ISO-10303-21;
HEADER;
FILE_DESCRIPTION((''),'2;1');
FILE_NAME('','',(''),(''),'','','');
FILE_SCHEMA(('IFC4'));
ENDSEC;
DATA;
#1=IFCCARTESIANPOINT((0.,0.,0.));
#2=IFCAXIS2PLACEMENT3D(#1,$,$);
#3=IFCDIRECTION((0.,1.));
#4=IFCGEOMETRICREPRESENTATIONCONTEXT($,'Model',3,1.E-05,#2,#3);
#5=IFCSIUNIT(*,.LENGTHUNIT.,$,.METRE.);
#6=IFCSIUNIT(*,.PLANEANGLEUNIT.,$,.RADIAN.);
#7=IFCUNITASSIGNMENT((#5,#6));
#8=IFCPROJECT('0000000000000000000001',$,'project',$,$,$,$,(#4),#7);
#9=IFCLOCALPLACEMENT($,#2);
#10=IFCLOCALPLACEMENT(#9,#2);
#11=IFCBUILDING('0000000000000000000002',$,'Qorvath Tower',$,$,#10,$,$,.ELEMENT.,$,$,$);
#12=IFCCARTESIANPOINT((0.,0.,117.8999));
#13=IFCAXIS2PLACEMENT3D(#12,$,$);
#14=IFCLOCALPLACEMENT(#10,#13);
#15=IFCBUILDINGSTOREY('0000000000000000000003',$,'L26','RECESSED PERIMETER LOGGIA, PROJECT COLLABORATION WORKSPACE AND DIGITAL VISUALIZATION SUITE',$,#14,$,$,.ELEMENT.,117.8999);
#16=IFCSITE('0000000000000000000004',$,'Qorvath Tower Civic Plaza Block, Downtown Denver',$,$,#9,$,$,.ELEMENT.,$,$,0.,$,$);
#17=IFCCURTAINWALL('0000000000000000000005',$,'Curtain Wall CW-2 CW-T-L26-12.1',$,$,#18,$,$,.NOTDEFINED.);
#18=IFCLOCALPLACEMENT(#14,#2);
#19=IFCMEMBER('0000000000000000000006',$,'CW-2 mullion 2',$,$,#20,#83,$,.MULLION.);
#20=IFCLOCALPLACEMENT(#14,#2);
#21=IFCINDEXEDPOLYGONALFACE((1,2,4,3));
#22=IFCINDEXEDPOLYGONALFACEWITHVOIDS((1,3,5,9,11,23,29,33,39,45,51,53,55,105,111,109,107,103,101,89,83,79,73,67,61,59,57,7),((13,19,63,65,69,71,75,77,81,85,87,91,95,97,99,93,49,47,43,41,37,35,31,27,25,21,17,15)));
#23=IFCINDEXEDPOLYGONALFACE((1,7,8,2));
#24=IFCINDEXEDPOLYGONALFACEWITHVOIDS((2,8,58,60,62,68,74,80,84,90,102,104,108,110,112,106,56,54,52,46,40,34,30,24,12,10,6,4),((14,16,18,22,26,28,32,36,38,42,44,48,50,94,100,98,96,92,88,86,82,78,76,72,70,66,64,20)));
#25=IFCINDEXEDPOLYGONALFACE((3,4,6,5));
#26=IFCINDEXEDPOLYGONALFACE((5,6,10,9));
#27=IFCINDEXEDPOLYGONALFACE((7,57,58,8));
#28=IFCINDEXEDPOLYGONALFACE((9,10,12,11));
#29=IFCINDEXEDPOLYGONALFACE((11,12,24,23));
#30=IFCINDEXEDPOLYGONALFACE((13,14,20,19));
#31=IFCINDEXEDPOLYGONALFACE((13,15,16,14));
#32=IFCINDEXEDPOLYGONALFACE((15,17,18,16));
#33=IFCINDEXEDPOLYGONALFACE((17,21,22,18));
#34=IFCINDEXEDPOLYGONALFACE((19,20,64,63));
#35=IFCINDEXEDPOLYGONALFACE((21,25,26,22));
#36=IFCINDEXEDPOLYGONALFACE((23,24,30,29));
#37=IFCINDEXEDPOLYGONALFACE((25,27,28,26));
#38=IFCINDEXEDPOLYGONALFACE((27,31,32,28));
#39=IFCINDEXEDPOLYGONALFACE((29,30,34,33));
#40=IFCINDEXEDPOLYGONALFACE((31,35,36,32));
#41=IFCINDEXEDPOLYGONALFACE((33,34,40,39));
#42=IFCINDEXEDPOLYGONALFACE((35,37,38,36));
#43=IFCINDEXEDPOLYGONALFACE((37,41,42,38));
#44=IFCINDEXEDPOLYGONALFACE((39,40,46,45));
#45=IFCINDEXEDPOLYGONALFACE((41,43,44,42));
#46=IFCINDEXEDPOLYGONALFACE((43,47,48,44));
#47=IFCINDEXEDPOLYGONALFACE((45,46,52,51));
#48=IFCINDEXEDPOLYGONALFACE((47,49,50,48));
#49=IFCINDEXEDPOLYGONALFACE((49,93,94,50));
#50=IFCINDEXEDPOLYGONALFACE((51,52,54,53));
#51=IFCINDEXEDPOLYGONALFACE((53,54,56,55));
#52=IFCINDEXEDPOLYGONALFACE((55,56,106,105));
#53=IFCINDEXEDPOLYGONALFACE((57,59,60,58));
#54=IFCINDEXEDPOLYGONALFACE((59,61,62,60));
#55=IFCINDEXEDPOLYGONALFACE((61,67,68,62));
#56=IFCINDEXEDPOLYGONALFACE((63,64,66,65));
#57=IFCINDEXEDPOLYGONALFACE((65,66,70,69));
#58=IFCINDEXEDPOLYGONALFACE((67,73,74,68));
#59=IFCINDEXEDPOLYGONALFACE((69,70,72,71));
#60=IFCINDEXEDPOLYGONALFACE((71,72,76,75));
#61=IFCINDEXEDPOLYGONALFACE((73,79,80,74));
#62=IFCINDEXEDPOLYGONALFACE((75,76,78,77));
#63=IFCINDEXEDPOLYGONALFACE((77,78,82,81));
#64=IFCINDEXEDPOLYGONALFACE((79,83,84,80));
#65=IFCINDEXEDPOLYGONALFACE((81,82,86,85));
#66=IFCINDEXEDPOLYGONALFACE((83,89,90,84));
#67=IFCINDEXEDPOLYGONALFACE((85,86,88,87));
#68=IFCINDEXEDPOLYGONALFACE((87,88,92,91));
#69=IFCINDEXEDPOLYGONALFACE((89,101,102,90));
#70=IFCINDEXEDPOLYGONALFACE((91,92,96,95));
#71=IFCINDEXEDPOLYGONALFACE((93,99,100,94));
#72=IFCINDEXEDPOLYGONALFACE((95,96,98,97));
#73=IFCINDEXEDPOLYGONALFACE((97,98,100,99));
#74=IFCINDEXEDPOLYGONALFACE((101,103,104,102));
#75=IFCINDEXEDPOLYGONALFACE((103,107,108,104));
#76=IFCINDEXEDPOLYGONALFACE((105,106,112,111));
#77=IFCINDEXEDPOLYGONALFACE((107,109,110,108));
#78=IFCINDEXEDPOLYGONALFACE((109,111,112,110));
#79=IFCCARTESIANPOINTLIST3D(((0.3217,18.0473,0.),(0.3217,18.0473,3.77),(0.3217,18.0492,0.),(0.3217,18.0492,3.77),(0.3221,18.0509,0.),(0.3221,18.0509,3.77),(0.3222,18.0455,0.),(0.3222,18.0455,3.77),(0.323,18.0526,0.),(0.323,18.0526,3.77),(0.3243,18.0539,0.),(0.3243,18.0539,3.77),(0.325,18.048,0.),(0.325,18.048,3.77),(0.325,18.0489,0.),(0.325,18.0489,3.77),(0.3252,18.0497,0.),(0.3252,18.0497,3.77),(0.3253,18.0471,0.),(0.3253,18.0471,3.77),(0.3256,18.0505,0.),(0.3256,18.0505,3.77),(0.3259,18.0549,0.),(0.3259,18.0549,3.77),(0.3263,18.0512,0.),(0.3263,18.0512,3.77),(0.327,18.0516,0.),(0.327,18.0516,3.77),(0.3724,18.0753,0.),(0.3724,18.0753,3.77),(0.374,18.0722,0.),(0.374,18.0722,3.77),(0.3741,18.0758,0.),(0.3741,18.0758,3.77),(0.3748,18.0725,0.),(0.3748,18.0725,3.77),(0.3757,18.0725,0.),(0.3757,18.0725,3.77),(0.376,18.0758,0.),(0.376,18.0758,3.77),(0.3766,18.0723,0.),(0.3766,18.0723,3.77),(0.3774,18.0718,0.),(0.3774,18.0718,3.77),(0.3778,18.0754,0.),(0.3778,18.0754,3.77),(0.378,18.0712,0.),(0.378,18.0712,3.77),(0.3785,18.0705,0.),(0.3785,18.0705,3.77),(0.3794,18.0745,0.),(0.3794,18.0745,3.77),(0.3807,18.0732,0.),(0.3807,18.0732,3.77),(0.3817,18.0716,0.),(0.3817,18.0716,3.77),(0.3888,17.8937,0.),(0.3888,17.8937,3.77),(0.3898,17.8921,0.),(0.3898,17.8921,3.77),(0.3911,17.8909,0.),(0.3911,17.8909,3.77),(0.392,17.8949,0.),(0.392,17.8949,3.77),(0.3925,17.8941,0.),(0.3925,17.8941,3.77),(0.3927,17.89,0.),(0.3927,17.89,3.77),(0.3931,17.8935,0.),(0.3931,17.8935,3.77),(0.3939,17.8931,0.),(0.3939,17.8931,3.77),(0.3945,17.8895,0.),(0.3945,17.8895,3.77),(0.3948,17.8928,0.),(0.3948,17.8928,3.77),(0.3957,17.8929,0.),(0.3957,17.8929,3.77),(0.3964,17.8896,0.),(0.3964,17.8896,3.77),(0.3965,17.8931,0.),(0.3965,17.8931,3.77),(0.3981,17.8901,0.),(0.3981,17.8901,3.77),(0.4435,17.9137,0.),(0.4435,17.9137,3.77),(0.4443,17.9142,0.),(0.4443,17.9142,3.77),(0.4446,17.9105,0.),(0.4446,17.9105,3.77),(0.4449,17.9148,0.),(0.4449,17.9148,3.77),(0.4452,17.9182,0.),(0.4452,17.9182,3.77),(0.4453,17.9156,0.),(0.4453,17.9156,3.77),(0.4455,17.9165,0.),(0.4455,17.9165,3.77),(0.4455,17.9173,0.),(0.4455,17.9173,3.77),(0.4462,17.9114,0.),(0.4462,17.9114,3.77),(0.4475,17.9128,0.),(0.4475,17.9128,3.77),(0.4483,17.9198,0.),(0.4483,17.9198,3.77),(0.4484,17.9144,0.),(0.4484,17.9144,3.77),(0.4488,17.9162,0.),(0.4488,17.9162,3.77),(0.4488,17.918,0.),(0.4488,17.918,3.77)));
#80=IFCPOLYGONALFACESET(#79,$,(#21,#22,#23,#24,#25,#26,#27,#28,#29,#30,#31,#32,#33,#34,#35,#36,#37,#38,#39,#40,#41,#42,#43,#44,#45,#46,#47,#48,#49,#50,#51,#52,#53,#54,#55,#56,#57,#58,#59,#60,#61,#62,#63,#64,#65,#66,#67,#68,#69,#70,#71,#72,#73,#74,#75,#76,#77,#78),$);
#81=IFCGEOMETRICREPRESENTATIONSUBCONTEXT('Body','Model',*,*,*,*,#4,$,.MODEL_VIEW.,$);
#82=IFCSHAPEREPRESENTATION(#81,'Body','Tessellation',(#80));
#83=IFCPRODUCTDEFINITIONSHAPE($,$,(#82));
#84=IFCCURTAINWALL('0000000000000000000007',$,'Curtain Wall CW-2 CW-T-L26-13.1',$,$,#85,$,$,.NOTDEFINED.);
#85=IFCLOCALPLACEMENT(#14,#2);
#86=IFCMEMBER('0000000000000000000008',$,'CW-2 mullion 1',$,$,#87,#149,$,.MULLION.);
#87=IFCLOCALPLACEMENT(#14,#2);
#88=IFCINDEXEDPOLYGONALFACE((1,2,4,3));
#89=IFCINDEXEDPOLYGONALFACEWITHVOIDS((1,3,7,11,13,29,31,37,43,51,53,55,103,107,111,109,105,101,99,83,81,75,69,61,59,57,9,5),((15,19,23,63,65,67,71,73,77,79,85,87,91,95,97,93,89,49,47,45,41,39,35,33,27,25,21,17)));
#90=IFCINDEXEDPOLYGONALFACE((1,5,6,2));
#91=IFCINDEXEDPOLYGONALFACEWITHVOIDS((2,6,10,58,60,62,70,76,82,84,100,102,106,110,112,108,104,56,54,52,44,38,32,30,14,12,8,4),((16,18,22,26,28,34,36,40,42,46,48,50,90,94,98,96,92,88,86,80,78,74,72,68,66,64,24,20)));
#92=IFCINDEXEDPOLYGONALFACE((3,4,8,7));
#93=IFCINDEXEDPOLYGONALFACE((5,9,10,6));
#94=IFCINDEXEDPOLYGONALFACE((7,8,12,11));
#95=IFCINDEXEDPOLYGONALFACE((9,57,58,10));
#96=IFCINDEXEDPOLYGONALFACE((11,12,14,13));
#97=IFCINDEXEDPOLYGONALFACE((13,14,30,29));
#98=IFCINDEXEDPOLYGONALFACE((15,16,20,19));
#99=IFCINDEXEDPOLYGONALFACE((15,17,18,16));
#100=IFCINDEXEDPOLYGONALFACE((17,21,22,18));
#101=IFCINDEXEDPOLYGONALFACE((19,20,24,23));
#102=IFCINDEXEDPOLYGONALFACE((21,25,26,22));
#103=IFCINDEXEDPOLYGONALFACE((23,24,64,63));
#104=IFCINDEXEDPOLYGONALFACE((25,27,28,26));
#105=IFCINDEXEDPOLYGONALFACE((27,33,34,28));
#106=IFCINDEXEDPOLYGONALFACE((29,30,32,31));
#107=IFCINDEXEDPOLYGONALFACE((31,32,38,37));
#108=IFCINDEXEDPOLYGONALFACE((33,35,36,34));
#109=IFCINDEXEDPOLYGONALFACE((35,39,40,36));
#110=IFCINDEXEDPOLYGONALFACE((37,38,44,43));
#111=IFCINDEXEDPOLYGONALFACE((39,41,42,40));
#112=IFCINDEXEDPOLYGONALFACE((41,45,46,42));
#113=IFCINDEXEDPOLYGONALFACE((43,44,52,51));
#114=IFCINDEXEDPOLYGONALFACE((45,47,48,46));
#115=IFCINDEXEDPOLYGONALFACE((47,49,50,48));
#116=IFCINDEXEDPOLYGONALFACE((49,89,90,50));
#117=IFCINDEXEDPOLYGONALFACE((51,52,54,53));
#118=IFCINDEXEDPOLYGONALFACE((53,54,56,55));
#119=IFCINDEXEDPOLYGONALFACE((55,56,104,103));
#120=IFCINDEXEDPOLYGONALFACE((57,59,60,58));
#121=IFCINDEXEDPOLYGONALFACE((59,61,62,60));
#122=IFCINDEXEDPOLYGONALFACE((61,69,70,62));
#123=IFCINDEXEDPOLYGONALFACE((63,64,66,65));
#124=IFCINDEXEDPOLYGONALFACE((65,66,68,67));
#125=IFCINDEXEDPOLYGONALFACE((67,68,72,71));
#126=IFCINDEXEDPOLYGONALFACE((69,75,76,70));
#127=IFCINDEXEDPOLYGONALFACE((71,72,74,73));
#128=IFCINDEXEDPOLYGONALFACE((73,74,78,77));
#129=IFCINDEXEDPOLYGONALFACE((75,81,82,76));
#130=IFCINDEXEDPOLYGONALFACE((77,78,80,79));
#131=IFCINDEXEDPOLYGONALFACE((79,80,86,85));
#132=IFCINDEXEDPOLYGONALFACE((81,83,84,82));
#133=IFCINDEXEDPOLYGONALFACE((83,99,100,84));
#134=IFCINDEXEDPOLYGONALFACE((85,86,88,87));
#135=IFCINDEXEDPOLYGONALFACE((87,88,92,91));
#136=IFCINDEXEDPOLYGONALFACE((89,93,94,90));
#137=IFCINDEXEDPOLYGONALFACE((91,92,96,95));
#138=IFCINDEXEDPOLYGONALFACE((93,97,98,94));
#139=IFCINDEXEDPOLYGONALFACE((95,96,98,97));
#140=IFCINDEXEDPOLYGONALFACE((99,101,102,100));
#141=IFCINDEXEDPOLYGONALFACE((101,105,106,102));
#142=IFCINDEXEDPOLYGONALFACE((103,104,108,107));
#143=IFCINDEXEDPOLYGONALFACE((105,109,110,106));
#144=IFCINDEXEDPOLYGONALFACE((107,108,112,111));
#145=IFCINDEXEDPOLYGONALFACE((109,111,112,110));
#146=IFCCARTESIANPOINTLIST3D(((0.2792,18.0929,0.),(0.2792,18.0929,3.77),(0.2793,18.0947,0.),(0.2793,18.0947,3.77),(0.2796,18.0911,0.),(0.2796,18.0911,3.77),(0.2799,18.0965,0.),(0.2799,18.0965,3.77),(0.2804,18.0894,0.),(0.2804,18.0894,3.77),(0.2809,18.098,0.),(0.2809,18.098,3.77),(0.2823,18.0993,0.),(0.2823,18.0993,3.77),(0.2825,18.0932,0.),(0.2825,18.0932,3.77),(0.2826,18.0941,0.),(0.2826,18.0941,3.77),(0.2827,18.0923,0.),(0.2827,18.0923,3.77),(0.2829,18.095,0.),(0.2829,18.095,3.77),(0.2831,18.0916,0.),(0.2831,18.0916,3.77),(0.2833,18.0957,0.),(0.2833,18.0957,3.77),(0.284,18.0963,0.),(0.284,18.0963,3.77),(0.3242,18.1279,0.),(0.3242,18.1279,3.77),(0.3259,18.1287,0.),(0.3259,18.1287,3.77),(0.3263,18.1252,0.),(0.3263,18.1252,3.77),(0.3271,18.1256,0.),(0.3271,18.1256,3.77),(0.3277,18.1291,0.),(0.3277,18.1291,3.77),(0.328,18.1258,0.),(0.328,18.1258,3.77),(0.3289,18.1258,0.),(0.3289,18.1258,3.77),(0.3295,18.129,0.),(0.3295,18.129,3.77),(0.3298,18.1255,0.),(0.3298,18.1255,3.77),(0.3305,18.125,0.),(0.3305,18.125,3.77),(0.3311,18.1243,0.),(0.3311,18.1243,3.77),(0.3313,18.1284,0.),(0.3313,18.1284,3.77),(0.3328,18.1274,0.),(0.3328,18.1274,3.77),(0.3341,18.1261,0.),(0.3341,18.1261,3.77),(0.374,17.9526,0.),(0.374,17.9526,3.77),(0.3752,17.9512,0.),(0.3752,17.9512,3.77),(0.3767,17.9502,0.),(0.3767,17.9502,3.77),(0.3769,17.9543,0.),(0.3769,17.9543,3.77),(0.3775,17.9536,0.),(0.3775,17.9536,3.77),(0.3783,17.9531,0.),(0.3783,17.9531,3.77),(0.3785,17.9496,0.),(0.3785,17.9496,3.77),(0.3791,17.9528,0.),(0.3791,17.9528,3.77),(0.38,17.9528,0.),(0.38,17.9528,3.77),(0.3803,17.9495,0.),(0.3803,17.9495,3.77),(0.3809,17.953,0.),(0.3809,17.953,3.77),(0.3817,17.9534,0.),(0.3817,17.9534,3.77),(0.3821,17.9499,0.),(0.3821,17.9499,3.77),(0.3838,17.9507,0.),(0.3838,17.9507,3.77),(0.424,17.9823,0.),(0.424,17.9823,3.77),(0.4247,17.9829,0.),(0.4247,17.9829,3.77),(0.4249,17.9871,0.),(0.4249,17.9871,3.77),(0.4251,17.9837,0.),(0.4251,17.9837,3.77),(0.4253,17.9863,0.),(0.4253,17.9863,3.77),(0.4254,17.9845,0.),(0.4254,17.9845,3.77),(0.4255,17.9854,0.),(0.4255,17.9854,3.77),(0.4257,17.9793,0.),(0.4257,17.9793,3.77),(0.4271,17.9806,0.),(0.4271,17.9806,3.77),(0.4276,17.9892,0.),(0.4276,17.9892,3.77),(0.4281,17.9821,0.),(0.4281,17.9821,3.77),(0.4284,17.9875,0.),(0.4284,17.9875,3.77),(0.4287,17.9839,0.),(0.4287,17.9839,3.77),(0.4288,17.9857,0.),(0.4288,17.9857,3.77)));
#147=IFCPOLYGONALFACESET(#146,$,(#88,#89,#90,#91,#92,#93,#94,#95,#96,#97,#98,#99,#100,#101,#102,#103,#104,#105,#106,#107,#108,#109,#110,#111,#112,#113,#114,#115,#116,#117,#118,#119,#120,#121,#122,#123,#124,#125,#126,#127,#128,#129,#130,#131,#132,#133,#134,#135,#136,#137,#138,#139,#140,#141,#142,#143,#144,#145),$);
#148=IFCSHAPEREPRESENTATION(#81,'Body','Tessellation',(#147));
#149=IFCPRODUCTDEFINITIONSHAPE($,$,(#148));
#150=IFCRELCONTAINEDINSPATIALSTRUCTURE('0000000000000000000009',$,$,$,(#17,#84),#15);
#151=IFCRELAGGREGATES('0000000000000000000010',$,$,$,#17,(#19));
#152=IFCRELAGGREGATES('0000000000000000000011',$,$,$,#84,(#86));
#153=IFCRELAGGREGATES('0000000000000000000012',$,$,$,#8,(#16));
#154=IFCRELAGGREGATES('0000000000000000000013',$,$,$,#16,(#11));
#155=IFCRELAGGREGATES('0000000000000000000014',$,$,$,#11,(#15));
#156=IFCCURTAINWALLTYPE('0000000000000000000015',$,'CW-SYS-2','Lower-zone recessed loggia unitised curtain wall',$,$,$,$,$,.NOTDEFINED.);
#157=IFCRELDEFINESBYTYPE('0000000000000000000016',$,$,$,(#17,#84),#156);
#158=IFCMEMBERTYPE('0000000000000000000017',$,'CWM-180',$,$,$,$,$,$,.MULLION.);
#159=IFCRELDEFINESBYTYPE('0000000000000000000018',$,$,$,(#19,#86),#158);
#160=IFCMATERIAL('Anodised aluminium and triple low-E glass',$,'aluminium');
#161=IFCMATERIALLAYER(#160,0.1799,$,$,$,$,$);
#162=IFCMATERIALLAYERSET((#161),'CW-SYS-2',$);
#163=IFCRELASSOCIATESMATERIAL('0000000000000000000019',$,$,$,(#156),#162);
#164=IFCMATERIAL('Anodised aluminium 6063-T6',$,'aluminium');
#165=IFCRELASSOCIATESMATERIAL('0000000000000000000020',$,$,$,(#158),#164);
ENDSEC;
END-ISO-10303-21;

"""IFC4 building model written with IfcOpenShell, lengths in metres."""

from ifc_helpers import new_model, si_unit, direction, frame, origin, origin_2d, place, context, subcontext, project, spatial, hollow_rectangle, extrude, material, layer, layer_set, material_profile, profile_set, type_object, element, aggregate, save


model = new_model("IFC4")

# Units and contexts
model_context = context("Model", 3, precision=1e-05, world=origin(), true_north=direction((0.0, 1.0)))
body_context = subcontext(model_context, "Body", "Model", "MODEL_VIEW")
ifc_project = project(units=[si_unit("LENGTHUNIT", "METRE"), si_unit("PLANEANGLEUNIT", "RADIAN")], contexts=[model_context])

# Site, building, storey
site_placement = place(None, origin())
site = spatial("IfcSite", under=ifc_project, at=site_placement, Name="Qorvath Tower Civic Plaza Block, Downtown Denver", CompositionType="ELEMENT", RefElevation=0.0)
building_placement = place(site_placement, origin())
building = spatial("IfcBuilding", under=site, at=building_placement, Name="Qorvath Tower", CompositionType="ELEMENT")
storey_placement = place(building_placement, frame((0.0, 0.0, 117.8999)))
storey = spatial("IfcBuildingStorey", under=building, at=storey_placement, Name="L26", Description="RECESSED PERIMETER LOGGIA, PROJECT COLLABORATION WORKSPACE AND DIGITAL VISUALIZATION SUITE", CompositionType="ELEMENT", Elevation=117.8999)

# Shared definitions
ifc_material_1 = material(Name="Anodised aluminium and triple low-E glass", Category="aluminium")
ifc_layer_1 = layer(ifc_material_1, 0.1799)
ifc_layer_set_1 = layer_set([ifc_layer_1], Name="CW-SYS-2")
curtain_wall_type = type_object("IfcCurtainWallType", Name="CW-SYS-2", Description="Lower-zone recessed loggia unitised curtain wall", PredefinedType="NOTDEFINED", material=ifc_layer_set_1)
ifc_material_2 = material(Name="Anodised aluminium 6063-T6", Category="aluminium")
ifc_material_profile_1 = material_profile(ifc_material_2, hollow_rectangle(XDim=0.0649, YDim=0.1799, WallThickness=0.0034, InnerFilletRadius=0.0034, OuterFilletRadius=0.0071, at=origin_2d()), Name="CWM 180x65")
ifc_profile_set_1 = profile_set([ifc_material_profile_1], Name="Anodised aluminium 6063-T6")
member_type_1 = type_object("IfcMemberType", Name="CWM-180", PredefinedType="MULLION", material=ifc_profile_set_1)

# Curtain walls, members
curtain_wall_1_placement = place(storey_placement, origin())
curtain_wall_1 = element("IfcCurtainWall", 1, at=curtain_wall_1_placement, inside=storey, type_object=curtain_wall_type, Name="Curtain Wall CW-2 CW-T-L26-12.1", PredefinedType="NOTDEFINED")
member_1_placement = place(storey_placement, frame((0.3853, 17.9827, 0.0), z_axis=(0.0, 0.0, 1.0), x_axis=(-0.915794, -0.401649, 0.0)))
member_1 = element("IfcMember", 2, at=member_1_placement, type_object=member_type_1, Name="CW-2 mullion 2", PredefinedType="MULLION", context=body_context, shape_type="SweptSolid", body=[
    extrude(hollow_rectangle(XDim=0.0649, YDim=0.1799, WallThickness=0.0034, InnerFilletRadius=0.0034, OuterFilletRadius=0.0071, at=origin_2d()), origin(), (0.0, 0.0, 1.0), 3.77),
])
curtain_wall_2_placement = place(storey_placement, origin())
curtain_wall_2 = element("IfcCurtainWall", 3, at=curtain_wall_2_placement, inside=storey, type_object=curtain_wall_type, Name="Curtain Wall CW-2 CW-T-L26-13.1", PredefinedType="NOTDEFINED")
member_2_placement = place(storey_placement, frame((0.354, 18.0393, 0.0), z_axis=(0.0, 0.0, 1.0), x_axis=(-0.825663, -0.564164, 0.0)))
member_2 = element("IfcMember", 4, at=member_2_placement, type_object=member_type_1, Name="CW-2 mullion 1", PredefinedType="MULLION", context=body_context, shape_type="SweptSolid", body=[
    extrude(hollow_rectangle(XDim=0.0649, YDim=0.1799, WallThickness=0.0034, InnerFilletRadius=0.0034, OuterFilletRadius=0.0071, at=origin_2d()), origin(), (0.0, 0.0, 1.0), 3.77),
])

aggregate(curtain_wall_1, [member_1])
aggregate(curtain_wall_2, [member_2])

save(model, "model.ifc")
